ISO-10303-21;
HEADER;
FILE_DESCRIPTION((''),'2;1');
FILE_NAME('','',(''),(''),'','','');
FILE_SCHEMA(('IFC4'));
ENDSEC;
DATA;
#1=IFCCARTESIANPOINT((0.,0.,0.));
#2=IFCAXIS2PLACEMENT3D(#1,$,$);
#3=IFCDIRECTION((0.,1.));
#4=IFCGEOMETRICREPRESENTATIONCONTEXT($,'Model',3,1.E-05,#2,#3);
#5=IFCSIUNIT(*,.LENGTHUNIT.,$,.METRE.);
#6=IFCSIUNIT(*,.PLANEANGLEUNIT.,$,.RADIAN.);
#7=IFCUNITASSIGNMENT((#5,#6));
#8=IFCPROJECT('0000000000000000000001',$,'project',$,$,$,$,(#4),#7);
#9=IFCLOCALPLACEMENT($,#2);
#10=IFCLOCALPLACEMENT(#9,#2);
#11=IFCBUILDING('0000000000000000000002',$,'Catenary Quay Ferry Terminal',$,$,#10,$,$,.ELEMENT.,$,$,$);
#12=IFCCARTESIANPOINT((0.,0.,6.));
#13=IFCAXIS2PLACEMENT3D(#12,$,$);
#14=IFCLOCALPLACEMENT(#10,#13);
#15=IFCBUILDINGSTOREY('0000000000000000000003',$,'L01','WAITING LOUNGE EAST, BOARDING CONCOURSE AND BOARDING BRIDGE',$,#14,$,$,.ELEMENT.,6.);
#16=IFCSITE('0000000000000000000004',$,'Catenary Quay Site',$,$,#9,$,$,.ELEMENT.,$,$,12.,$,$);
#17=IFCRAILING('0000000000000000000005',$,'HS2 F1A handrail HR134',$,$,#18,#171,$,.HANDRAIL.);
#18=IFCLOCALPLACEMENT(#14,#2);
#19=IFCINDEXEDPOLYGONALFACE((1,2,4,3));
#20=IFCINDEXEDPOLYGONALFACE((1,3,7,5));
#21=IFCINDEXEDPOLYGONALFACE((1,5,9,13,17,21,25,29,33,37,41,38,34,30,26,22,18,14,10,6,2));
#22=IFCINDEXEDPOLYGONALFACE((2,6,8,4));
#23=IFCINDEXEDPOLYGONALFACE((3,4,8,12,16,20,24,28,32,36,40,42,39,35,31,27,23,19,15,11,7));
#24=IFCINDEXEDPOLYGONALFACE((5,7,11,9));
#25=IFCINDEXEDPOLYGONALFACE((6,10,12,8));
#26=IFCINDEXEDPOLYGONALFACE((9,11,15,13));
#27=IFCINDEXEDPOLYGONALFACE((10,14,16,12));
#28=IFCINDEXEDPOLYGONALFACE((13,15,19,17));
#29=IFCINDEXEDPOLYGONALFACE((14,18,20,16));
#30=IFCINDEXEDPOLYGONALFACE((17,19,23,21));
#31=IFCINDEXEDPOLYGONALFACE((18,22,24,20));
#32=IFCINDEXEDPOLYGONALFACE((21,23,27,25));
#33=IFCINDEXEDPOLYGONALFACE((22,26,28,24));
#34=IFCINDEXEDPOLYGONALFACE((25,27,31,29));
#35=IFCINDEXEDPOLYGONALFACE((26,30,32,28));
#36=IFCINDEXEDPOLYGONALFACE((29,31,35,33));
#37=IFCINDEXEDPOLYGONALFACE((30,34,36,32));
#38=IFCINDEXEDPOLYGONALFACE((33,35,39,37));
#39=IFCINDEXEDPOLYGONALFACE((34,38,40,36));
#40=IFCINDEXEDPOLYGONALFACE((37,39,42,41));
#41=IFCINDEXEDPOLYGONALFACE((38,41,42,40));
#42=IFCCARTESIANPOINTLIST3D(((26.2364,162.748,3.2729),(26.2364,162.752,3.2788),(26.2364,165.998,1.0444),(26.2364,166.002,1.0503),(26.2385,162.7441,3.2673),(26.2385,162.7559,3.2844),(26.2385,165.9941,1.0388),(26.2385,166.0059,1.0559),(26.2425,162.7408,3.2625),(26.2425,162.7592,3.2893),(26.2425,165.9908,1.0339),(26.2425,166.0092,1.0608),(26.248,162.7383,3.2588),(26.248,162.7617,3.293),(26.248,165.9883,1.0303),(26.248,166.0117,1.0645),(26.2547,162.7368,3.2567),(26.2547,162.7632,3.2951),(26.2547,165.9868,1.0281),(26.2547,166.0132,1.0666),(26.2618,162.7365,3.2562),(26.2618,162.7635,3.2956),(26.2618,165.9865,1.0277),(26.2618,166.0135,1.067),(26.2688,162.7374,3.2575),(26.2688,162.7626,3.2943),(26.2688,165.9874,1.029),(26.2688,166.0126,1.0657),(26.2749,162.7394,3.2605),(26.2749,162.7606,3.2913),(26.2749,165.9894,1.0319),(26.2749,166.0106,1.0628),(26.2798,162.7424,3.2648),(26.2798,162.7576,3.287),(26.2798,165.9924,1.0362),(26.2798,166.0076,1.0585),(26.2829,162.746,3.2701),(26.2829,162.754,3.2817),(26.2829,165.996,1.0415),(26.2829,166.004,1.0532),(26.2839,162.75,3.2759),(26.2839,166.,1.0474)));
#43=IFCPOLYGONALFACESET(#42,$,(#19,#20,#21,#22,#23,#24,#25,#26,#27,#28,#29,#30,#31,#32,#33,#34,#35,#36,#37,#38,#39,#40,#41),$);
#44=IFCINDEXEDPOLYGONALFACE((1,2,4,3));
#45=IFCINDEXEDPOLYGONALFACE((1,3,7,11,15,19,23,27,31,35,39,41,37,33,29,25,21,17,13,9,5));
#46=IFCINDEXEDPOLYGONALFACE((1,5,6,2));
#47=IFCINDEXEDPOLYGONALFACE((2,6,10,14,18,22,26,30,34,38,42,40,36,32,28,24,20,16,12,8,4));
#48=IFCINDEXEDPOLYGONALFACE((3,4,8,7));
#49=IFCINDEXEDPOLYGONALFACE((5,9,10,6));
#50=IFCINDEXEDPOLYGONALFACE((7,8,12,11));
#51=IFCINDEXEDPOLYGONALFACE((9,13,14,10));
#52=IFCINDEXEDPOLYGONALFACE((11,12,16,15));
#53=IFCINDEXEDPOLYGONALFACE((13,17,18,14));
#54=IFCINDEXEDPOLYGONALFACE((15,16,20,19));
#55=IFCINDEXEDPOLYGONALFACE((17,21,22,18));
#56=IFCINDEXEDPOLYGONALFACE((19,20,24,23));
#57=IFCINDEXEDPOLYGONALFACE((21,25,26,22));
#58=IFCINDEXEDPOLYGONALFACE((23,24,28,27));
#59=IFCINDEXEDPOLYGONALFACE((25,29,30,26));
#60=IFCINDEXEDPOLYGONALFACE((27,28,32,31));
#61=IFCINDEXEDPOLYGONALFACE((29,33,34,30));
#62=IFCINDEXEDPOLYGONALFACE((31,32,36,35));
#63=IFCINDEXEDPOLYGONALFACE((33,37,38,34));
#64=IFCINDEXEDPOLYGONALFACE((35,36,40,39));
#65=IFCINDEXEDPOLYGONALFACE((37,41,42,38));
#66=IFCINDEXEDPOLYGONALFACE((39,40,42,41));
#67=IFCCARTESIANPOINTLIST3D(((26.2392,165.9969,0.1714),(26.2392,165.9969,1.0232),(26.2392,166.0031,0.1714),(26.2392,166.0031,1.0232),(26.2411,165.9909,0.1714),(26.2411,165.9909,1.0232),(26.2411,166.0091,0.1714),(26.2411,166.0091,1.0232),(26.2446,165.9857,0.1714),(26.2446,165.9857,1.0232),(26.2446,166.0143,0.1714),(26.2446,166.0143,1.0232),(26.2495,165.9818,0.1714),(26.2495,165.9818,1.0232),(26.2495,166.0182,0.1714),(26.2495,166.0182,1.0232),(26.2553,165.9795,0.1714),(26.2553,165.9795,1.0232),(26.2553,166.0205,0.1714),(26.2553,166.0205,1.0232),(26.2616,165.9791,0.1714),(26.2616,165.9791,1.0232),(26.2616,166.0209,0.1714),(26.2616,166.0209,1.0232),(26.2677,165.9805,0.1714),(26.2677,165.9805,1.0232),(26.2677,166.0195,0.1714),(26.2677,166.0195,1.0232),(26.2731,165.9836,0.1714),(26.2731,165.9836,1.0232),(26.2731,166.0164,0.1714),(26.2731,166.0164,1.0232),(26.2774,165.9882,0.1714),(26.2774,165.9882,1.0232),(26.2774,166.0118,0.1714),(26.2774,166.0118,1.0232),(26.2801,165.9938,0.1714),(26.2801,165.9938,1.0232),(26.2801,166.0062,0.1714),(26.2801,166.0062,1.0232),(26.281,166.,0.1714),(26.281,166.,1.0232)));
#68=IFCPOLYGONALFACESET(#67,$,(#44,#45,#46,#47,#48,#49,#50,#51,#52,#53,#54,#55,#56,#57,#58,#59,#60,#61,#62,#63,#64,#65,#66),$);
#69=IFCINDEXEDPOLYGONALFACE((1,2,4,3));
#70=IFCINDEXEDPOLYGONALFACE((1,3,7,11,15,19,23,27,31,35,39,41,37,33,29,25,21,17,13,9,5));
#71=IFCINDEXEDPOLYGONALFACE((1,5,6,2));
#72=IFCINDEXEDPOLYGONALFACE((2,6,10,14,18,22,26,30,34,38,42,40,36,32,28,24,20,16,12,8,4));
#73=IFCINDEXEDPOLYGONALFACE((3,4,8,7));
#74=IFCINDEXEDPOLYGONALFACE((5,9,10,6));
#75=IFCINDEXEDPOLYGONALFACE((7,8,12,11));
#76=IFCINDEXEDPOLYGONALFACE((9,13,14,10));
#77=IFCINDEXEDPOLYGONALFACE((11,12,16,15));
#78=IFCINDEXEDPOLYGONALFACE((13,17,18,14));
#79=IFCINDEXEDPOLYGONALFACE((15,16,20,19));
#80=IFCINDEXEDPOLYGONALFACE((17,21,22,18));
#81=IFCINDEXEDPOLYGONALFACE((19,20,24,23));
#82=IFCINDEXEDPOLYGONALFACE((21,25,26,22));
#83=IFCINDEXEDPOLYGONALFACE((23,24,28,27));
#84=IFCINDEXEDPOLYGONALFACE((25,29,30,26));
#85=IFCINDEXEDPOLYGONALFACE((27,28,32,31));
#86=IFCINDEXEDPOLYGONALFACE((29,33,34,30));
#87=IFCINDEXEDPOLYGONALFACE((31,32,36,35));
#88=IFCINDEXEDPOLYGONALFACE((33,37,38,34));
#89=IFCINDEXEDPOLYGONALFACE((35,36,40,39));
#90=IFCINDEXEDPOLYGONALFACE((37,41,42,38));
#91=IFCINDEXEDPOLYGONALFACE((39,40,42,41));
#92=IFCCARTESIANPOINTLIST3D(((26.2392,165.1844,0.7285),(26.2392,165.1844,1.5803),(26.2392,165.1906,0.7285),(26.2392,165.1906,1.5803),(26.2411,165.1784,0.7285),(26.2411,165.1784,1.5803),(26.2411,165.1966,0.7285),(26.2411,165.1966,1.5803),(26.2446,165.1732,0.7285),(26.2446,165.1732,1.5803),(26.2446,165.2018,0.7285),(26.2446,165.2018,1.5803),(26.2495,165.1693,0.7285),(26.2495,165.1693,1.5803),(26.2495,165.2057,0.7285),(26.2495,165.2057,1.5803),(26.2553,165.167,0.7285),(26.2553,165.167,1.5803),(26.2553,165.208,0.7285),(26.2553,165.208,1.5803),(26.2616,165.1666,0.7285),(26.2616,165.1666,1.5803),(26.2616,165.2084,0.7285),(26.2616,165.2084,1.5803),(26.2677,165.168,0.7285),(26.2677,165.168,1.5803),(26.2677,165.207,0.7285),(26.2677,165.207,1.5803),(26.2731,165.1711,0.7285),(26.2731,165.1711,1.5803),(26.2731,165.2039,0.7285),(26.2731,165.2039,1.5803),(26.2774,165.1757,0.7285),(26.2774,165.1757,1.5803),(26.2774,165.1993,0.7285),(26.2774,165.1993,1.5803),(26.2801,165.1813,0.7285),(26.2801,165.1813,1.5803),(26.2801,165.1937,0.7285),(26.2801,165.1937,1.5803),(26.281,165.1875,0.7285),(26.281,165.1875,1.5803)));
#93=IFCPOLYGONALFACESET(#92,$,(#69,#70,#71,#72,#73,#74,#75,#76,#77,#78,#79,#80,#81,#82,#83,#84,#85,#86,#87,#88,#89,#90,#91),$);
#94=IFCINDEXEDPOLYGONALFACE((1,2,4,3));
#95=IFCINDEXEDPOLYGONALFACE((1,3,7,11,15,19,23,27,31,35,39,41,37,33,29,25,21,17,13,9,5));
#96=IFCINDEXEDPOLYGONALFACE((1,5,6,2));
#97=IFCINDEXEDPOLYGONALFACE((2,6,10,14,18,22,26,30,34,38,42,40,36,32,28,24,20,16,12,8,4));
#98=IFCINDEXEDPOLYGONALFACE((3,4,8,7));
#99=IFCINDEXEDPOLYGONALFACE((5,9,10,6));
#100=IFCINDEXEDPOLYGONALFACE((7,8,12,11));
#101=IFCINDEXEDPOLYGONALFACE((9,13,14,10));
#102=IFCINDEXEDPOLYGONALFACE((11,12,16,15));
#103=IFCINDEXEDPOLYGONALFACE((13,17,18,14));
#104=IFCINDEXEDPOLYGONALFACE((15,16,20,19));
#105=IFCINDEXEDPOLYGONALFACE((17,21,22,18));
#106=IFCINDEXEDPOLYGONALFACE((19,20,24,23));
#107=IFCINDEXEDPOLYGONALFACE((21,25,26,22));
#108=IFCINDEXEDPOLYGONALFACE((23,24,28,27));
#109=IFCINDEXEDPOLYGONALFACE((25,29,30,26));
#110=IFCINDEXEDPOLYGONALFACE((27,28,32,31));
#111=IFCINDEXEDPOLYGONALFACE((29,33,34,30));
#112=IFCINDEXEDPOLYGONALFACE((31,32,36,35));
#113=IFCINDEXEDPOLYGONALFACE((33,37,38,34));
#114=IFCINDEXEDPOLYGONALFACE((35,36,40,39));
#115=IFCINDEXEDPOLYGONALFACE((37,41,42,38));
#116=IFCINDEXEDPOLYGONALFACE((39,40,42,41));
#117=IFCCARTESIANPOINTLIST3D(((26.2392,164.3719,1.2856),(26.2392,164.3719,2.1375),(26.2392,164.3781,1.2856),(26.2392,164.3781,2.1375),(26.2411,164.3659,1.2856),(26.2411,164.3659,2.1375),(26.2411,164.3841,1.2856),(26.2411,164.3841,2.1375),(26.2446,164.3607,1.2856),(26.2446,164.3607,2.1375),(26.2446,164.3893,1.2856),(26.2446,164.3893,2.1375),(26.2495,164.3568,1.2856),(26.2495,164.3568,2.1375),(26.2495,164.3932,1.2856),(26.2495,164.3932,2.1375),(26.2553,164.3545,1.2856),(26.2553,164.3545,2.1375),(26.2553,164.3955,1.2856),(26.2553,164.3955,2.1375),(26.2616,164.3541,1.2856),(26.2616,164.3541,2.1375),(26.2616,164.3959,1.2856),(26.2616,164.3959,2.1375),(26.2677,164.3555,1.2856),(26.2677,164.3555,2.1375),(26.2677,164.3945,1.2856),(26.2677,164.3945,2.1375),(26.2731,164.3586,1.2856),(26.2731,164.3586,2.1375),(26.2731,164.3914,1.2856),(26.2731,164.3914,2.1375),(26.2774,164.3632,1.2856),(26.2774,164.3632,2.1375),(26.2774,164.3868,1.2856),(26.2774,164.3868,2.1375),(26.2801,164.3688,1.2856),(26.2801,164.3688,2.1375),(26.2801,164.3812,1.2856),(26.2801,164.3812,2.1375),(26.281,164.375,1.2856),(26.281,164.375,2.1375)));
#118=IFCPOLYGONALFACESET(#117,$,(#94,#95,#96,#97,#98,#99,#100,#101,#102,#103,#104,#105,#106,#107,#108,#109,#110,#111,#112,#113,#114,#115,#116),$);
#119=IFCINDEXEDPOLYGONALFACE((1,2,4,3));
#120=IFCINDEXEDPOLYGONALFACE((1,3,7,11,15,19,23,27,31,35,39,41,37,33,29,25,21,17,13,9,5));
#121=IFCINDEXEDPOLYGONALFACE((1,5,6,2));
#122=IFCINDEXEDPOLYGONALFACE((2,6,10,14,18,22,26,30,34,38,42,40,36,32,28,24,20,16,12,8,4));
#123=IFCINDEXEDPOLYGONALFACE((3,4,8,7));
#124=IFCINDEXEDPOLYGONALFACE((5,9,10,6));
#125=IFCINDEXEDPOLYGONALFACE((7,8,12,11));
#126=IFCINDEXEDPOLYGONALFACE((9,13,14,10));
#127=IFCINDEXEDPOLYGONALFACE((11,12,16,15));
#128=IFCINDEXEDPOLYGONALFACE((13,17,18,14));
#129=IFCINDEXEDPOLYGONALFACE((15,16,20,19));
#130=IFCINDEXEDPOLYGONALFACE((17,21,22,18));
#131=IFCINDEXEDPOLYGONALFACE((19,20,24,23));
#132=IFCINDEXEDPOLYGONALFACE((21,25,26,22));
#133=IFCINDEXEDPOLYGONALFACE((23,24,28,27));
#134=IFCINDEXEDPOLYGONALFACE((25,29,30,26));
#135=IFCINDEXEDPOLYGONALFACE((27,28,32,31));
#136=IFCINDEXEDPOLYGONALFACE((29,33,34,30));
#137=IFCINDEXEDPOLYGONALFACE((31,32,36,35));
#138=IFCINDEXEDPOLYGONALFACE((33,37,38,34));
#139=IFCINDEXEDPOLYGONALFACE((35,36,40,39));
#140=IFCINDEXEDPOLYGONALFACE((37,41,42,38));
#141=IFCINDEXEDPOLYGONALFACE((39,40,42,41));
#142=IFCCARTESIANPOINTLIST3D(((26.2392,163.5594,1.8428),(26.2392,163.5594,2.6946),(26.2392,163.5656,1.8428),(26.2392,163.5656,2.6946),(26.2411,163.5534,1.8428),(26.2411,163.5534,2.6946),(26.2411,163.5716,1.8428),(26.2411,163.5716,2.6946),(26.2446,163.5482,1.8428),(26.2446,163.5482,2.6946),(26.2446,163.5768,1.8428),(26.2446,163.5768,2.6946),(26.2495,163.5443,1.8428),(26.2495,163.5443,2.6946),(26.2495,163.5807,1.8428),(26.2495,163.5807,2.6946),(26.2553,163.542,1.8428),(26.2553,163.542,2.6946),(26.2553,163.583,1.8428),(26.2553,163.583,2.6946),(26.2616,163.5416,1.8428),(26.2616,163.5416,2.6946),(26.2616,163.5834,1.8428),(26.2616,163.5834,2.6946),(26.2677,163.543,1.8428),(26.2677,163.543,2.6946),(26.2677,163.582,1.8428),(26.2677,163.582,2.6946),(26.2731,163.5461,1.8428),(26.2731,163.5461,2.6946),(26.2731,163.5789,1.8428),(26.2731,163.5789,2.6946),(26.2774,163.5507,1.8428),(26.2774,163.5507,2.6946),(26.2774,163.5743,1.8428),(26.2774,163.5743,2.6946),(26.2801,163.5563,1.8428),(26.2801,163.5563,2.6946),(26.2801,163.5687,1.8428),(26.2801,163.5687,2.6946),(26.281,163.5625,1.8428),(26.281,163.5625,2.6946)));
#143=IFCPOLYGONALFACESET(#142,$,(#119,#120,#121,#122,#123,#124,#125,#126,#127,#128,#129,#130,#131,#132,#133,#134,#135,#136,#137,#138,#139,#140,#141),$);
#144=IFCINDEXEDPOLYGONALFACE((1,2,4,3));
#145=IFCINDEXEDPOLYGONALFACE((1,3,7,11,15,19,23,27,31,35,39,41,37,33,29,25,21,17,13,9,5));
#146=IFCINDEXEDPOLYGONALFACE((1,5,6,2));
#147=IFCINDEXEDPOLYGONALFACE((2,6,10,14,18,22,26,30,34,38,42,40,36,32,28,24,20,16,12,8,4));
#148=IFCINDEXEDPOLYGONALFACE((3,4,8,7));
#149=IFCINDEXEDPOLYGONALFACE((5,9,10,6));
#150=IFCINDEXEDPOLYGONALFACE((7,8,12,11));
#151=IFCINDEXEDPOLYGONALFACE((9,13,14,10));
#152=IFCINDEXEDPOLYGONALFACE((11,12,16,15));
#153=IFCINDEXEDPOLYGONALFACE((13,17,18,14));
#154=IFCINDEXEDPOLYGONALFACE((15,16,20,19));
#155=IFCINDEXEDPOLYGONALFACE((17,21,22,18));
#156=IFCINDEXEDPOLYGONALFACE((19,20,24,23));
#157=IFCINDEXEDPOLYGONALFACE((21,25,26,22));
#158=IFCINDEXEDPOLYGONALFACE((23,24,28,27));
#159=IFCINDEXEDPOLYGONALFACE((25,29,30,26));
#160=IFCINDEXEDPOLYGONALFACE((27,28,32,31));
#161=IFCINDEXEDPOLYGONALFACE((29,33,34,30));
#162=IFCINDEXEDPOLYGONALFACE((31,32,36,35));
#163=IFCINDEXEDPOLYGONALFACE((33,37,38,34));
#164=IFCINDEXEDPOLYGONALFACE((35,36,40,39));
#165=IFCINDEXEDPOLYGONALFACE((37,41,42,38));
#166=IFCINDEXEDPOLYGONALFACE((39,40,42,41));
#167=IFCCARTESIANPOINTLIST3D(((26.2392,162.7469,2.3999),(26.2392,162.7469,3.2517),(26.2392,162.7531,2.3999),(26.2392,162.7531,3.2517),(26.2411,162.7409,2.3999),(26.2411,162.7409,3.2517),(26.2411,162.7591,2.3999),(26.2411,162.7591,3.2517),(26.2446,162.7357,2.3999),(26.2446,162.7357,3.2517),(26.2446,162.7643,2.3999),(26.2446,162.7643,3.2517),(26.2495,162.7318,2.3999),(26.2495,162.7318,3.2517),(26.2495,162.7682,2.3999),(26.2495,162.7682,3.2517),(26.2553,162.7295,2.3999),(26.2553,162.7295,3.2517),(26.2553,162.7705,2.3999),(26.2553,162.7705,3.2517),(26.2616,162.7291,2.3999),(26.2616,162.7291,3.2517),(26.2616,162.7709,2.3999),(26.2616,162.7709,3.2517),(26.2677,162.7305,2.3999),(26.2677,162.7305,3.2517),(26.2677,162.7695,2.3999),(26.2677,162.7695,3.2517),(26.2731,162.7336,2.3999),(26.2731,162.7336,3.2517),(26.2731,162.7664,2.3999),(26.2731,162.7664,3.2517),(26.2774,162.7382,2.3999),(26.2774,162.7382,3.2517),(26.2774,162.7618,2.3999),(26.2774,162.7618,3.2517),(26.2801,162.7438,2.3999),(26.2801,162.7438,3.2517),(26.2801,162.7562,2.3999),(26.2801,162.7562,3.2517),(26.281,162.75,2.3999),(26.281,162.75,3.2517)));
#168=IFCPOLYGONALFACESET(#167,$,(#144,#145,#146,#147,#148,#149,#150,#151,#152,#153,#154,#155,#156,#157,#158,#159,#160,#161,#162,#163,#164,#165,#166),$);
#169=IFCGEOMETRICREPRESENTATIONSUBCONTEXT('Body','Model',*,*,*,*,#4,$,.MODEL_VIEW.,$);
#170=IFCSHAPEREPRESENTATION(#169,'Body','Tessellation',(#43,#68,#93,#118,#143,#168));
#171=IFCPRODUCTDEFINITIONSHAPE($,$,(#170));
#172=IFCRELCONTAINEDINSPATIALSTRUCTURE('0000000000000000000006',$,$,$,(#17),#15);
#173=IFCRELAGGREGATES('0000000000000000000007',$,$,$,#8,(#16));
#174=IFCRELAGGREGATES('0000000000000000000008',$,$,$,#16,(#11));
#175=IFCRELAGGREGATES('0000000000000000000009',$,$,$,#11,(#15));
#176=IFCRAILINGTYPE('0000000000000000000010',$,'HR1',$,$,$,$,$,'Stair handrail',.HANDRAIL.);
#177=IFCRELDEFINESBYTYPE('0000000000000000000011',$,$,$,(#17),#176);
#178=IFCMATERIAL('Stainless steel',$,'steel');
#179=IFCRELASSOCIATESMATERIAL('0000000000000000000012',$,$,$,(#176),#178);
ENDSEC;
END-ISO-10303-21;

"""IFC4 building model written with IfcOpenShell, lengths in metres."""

from ifc_helpers import new_model, si_unit, direction, frame, origin, origin_2d, place, context, subcontext, project, spatial, circle, extrude, material, type_object, element, save


model = new_model("IFC4")

# Units and contexts
model_context = context("Model", 3, precision=1e-05, world=origin(), true_north=direction((0.0, 1.0)))
body_context = subcontext(model_context, "Body", "Model", "MODEL_VIEW")
ifc_project = project(units=[si_unit("LENGTHUNIT", "METRE"), si_unit("PLANEANGLEUNIT", "RADIAN")], contexts=[model_context])

# Site, building, storey
site_placement = place(None, origin())
site = spatial("IfcSite", under=ifc_project, at=site_placement, Name="Catenary Quay Site", CompositionType="ELEMENT", RefElevation=12.0)
building_placement = place(site_placement, origin())
building = spatial("IfcBuilding", under=site, at=building_placement, Name="Catenary Quay Ferry Terminal", CompositionType="ELEMENT")
storey_placement = place(building_placement, frame((0.0, 0.0, 6.0)))
storey = spatial("IfcBuildingStorey", under=building, at=storey_placement, Name="L01", Description="WAITING LOUNGE EAST, BOARDING CONCOURSE AND BOARDING BRIDGE", CompositionType="ELEMENT", Elevation=6.0)

# Railing
ifc_material_1 = material(Name="Stainless steel", Category="steel")
railing_type_1 = type_object("IfcRailingType", Name="HR1", ElementType="Stair handrail", PredefinedType="HANDRAIL", material=ifc_material_1)
for number, where, name in (
    (1, (26.26, 166.0, 0.1714), "HS2 F1A handrail HR134"),
):
    element("IfcRailing", number, at=place(storey_placement, frame(where)), inside=storey, type_object=railing_type_1, Name=name, PredefinedType="HANDRAIL", context=body_context, shape_type="SweptSolid", body=[
        extrude(circle(Radius=0.0239, at=origin_2d()), frame((0.0, 0.0, 0.876), z_axis=(0.0, -0.824735, 0.565519), x_axis=(1.0, 0.0, 0.0)), (0.0, 0.0, 1.0), 3.9407),
        extrude(circle(Radius=0.021, at=origin_2d()), origin(), (0.0, 0.0, 1.0), 0.8518),
        extrude(circle(Radius=0.021, at=origin_2d()), frame((0.0, -0.8125, 0.5571)), (0.0, 0.0, 1.0), 0.8518),
        extrude(circle(Radius=0.021, at=origin_2d()), frame((0.0, -1.625, 1.1143)), (0.0, 0.0, 1.0), 0.8518),
        extrude(circle(Radius=0.021, at=origin_2d()), frame((0.0, -2.4375, 1.6714)), (0.0, 0.0, 1.0), 0.8518),
        extrude(circle(Radius=0.021, at=origin_2d()), frame((0.0, -3.25, 2.2285)), (0.0, 0.0, 1.0), 0.8518),
    ])

save(model, "model.ifc")
